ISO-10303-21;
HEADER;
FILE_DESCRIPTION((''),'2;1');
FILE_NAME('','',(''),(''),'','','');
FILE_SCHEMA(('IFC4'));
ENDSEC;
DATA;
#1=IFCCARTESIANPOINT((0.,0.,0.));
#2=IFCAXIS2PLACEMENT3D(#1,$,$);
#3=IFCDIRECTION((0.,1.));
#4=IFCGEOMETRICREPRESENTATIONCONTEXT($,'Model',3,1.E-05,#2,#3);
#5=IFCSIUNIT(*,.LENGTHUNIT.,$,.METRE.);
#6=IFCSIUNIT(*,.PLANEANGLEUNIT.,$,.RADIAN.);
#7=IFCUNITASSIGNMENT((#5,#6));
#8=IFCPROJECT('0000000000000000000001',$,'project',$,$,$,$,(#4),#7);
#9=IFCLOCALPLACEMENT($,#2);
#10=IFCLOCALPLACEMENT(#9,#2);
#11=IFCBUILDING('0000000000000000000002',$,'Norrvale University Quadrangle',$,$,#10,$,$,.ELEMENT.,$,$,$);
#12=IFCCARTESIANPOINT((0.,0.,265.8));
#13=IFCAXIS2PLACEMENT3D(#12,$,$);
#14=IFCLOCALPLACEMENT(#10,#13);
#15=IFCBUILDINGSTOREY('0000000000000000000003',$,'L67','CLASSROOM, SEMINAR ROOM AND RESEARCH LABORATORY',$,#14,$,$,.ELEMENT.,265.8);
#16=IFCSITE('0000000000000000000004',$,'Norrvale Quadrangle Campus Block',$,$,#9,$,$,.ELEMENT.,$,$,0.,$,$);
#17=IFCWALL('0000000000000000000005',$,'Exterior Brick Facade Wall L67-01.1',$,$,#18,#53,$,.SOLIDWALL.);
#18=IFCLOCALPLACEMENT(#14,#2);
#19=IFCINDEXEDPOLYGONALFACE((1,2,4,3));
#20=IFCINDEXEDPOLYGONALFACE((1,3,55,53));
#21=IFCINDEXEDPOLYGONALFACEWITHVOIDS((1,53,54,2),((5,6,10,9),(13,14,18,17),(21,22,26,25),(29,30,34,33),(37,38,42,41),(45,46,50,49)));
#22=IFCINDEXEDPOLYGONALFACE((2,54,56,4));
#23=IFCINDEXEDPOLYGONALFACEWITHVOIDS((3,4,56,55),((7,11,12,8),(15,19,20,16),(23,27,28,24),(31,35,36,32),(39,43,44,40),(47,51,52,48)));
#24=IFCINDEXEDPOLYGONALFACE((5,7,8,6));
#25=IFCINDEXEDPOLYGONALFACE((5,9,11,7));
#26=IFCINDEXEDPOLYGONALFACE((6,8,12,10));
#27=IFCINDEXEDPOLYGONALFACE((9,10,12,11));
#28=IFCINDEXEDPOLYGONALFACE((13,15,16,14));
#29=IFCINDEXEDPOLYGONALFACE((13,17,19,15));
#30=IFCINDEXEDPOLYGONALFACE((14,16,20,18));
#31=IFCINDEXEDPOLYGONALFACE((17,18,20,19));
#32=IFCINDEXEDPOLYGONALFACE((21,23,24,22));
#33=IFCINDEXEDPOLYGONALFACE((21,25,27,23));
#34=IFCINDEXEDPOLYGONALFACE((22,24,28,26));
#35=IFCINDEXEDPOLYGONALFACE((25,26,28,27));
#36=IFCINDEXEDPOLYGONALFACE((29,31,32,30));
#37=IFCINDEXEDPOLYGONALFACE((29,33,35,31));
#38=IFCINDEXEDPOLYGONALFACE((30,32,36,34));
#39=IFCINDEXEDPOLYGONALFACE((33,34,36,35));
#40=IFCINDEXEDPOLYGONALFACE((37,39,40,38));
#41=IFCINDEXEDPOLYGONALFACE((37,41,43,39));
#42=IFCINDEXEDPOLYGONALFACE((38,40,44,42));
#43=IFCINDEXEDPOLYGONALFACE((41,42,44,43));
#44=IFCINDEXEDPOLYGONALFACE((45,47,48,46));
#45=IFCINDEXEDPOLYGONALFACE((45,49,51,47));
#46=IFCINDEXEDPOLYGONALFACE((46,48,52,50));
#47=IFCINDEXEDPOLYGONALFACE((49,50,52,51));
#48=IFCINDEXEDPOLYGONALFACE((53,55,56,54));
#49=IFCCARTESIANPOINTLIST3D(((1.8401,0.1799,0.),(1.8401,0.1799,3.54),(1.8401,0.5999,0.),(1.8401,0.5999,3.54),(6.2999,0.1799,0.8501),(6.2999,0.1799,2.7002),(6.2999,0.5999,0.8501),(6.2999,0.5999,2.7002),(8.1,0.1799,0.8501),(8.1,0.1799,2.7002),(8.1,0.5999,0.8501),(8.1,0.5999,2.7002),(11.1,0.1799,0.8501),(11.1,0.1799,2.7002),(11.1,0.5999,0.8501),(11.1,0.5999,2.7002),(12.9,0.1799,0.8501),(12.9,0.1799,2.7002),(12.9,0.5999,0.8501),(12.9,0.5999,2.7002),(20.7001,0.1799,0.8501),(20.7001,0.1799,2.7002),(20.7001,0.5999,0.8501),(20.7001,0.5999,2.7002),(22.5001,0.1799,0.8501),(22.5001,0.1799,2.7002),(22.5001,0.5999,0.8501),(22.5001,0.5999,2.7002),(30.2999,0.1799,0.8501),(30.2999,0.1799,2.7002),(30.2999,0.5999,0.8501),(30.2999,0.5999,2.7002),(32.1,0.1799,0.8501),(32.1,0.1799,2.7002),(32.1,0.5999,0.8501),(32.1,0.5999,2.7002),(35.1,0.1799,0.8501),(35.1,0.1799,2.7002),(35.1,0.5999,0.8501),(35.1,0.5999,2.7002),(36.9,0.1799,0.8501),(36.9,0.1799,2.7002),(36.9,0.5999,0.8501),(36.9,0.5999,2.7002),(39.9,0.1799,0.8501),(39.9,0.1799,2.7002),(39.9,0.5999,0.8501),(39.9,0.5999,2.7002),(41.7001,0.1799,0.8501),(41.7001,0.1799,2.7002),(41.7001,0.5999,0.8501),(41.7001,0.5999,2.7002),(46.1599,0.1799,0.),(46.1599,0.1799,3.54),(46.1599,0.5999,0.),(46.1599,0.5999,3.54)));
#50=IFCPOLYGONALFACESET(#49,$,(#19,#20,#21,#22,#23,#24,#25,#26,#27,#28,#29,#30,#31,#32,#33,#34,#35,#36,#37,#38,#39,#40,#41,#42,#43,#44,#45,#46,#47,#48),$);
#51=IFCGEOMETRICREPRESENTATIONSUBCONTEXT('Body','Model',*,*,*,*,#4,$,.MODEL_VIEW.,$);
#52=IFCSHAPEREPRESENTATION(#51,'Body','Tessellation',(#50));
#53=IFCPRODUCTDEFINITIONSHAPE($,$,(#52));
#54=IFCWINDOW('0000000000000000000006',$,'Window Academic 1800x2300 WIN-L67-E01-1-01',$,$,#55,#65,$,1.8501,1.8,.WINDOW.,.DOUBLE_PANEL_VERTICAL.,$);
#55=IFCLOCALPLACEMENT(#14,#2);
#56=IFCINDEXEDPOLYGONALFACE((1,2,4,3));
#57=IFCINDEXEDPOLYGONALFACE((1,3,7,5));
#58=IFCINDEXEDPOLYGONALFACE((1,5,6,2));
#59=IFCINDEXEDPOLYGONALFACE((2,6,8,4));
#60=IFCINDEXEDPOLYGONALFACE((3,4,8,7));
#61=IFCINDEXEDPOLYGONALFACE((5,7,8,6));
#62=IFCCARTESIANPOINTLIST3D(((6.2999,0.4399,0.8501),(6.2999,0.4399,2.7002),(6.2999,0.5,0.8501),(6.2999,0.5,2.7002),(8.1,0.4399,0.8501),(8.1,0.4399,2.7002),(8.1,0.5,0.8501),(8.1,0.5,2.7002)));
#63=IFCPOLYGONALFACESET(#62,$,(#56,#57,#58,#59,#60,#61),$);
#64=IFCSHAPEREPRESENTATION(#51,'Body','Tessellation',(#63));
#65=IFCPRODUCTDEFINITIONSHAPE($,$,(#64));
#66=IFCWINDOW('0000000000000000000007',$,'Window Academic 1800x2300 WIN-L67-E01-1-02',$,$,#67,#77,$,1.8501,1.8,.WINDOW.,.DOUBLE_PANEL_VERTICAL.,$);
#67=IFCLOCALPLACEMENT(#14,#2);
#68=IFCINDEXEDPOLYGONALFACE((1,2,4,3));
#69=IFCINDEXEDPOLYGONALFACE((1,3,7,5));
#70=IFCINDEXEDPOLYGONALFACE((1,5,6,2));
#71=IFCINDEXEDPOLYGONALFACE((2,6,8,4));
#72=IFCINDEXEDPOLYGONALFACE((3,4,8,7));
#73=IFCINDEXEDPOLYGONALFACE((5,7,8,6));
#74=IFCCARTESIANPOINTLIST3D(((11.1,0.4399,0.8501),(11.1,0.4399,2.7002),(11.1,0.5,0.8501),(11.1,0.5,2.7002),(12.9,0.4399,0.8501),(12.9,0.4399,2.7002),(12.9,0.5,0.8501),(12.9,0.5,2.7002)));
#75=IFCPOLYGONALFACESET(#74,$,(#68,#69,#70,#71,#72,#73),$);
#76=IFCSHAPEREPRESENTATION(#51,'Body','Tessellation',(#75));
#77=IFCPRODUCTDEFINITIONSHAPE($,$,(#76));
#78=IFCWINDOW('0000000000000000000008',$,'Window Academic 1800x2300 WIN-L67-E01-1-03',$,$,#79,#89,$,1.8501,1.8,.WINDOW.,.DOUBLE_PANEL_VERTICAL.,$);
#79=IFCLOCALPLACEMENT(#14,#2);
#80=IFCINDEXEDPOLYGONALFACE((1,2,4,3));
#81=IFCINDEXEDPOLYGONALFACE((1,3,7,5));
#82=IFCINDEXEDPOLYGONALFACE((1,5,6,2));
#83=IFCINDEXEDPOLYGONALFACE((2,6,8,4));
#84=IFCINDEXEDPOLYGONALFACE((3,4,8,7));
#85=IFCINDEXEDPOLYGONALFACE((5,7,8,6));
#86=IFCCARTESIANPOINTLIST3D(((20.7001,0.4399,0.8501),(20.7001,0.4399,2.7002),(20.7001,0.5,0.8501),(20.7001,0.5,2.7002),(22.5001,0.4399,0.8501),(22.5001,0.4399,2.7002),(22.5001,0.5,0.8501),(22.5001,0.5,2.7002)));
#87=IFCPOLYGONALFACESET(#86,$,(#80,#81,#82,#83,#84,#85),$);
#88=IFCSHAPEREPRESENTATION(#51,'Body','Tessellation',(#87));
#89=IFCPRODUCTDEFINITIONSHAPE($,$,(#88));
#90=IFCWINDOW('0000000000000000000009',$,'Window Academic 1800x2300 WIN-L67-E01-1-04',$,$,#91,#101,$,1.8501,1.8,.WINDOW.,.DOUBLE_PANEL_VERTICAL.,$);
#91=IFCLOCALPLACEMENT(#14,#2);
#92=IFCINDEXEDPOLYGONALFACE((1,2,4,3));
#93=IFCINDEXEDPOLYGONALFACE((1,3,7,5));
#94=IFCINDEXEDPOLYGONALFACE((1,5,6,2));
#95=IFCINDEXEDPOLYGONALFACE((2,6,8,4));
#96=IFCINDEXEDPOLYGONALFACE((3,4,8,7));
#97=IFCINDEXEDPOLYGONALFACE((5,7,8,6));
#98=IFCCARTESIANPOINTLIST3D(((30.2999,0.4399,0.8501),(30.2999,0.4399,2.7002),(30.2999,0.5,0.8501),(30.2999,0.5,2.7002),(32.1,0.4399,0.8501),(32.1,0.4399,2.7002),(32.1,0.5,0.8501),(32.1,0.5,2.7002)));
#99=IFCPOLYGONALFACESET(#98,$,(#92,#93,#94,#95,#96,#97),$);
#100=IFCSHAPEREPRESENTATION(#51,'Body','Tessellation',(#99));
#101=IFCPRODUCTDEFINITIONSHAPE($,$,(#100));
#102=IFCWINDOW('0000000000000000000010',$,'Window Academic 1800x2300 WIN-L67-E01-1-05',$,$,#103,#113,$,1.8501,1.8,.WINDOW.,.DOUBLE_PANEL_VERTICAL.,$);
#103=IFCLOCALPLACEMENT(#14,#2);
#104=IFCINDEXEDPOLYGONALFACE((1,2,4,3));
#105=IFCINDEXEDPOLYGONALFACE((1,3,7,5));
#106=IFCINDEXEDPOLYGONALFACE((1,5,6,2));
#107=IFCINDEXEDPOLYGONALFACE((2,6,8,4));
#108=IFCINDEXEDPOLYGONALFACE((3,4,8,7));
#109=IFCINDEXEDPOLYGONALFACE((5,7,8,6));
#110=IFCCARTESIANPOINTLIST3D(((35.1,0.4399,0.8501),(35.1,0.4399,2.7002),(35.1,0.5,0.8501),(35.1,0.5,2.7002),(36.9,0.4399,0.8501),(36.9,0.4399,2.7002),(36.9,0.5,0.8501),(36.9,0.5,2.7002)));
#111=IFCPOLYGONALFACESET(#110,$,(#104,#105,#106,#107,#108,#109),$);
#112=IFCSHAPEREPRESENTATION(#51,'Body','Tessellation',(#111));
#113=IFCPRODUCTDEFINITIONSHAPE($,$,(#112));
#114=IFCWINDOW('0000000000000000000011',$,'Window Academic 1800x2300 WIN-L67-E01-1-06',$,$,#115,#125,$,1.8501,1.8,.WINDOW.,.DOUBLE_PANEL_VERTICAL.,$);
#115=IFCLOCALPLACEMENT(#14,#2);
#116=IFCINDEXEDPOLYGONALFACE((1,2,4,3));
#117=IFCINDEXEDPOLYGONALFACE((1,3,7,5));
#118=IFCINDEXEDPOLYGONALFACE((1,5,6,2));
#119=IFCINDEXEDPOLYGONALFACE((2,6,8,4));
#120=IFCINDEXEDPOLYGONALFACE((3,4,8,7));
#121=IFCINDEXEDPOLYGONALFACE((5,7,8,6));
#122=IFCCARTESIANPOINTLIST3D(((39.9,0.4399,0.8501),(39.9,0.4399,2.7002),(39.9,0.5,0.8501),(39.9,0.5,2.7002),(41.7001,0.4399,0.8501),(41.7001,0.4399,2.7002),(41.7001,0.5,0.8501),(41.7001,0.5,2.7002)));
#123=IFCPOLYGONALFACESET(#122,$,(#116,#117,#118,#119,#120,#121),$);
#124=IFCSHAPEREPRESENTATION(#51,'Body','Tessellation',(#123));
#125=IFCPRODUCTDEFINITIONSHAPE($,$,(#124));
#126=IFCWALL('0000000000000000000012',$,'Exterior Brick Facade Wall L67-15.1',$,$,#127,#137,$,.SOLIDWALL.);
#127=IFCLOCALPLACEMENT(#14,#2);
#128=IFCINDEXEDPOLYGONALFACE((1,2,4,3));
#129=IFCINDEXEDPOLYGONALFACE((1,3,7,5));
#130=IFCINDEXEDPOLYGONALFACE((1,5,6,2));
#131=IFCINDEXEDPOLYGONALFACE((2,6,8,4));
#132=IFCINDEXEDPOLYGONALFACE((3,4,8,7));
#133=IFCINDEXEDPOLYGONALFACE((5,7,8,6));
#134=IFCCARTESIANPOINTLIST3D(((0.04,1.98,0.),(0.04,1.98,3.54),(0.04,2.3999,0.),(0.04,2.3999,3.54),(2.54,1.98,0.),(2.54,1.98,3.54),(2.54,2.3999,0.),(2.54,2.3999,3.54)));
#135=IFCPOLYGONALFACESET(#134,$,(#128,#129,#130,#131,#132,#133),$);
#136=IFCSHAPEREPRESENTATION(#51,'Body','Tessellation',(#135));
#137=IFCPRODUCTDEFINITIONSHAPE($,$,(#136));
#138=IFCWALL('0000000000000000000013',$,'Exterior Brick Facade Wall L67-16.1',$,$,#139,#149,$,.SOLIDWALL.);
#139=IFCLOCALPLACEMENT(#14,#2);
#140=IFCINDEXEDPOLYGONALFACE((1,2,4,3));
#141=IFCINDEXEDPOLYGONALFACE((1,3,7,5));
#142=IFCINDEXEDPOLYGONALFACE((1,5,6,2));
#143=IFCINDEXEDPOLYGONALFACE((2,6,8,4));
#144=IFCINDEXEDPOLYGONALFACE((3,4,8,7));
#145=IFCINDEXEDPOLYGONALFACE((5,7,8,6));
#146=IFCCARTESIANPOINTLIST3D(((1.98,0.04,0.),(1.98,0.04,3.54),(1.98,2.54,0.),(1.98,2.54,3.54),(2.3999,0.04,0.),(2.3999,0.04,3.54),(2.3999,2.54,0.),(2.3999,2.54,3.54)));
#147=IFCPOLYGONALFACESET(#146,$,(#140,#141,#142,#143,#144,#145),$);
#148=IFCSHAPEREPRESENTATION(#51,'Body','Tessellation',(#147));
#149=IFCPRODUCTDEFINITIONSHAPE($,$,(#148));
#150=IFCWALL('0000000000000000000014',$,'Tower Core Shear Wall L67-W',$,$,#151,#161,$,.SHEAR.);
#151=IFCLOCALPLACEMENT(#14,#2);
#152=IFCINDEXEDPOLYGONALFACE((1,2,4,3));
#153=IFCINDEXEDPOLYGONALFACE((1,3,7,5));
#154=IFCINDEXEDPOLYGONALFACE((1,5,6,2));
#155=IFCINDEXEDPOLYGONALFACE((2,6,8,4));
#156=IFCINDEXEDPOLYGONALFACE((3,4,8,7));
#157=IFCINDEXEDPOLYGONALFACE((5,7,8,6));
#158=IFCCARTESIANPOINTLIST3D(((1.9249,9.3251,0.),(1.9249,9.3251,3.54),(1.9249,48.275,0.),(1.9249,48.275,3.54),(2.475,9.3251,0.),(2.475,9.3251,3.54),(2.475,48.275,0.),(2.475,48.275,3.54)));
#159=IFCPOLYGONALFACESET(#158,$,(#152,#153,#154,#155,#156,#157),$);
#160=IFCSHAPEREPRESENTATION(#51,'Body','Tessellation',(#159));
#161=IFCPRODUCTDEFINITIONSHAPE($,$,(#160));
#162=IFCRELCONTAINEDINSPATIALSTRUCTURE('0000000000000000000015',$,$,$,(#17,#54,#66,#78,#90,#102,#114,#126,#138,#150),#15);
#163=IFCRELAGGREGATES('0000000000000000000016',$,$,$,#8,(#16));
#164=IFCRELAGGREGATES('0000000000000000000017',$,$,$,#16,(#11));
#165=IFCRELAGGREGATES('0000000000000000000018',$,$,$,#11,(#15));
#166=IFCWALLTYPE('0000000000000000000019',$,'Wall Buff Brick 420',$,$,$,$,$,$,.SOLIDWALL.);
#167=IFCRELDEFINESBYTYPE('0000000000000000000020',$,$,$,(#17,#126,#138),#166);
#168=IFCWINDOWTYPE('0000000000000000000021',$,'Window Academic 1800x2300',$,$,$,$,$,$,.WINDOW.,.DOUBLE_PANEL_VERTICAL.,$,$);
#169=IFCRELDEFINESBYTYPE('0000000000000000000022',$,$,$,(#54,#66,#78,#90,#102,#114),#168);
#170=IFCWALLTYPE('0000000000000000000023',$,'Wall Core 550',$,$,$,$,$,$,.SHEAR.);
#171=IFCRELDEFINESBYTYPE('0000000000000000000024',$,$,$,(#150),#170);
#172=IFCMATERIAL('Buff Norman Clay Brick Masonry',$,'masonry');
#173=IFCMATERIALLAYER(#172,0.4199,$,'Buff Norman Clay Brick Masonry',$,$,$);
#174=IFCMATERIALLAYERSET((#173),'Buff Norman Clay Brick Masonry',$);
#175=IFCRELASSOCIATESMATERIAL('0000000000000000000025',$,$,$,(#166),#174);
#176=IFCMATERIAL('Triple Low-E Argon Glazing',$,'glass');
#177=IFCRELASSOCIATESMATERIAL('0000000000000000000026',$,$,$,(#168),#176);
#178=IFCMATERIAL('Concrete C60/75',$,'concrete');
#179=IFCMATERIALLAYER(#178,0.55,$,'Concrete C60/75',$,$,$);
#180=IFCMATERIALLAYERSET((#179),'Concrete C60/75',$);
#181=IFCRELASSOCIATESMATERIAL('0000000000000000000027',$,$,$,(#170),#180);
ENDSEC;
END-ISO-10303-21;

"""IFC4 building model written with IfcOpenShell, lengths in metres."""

from ifc_helpers import new_model, si_unit, direction, frame, frame_2d, origin, place, context, subcontext, project, spatial, rectangle, extrude, material, layer, layer_set, type_object, element, fill, save


model = new_model("IFC4")

# Units and contexts
model_context = context("Model", 3, precision=1e-05, world=origin(), true_north=direction((0.0, 1.0)))
body_context = subcontext(model_context, "Body", "Model", "MODEL_VIEW")
ifc_project = project(units=[si_unit("LENGTHUNIT", "METRE"), si_unit("PLANEANGLEUNIT", "RADIAN")], contexts=[model_context])

# Site, building, storey
site_placement = place(None, origin())
site = spatial("IfcSite", under=ifc_project, at=site_placement, Name="Norrvale Quadrangle Campus Block", CompositionType="ELEMENT", RefElevation=0.0)
building_placement = place(site_placement, origin())
building = spatial("IfcBuilding", under=site, at=building_placement, Name="Norrvale University Quadrangle", CompositionType="ELEMENT")
storey_placement = place(building_placement, frame((0.0, 0.0, 265.8)))
storey = spatial("IfcBuildingStorey", under=building, at=storey_placement, Name="L67", Description="CLASSROOM, SEMINAR ROOM AND RESEARCH LABORATORY", CompositionType="ELEMENT", Elevation=265.8)

# Shared definitions
ifc_material_1 = material(Name="Concrete C60/75", Category="concrete")

# Wall, openings, windows
ifc_material_2 = material(Name="Buff Norman Clay Brick Masonry", Category="masonry")
ifc_layer_1 = layer(ifc_material_2, 0.4199, Name="Buff Norman Clay Brick Masonry")
ifc_layer_set_1 = layer_set([ifc_layer_1], Name="Buff Norman Clay Brick Masonry")
wall_type_1 = type_object("IfcWallType", Name="Wall Buff Brick 420", PredefinedType="SOLIDWALL", material=ifc_layer_set_1)
wall_1_placement = place(storey_placement, frame((1.8401, 0.3899, 0.0), z_axis=(0.0, 0.0, 1.0), x_axis=(1.0, 0.0, 0.0)))
wall_1 = element("IfcWall", 1, at=wall_1_placement, inside=storey, type_object=wall_type_1, Name="Exterior Brick Facade Wall L67-01.1", PredefinedType="SOLIDWALL", context=body_context, shape_type="SweptSolid", body=[
    extrude(rectangle(XDim=44.3198, YDim=0.4199, at=frame_2d((22.1599, 0.0))), origin(), (0.0, 0.0, 1.0), 3.54),
])
opening_1_placement = place(wall_1_placement, frame((4.46, 0.0, 0.8501)))
opening_1 = element("IfcOpeningElement", 2, at=opening_1_placement, cuts=wall_1, PredefinedType="OPENING", context=body_context, shape_type="SweptSolid", body=[
    extrude(rectangle(XDim=1.8, YDim=1.8501, at=frame_2d((0.8999, 0.925))), frame((0.0, 0.2219, 0.0), z_axis=(0.0, -1.0, 0.0), x_axis=(1.0, 0.0, 0.0)), (0.0, 0.0, 1.0), 0.4438),
])
opening_2_placement = place(wall_1_placement, frame((9.26, 0.0, 0.8501)))
opening_2 = element("IfcOpeningElement", 3, at=opening_2_placement, cuts=wall_1, PredefinedType="OPENING", context=body_context, shape_type="SweptSolid", body=[
    extrude(rectangle(XDim=1.8, YDim=1.8501, at=frame_2d((0.8999, 0.925))), frame((0.0, 0.2219, 0.0), z_axis=(0.0, -1.0, 0.0), x_axis=(1.0, 0.0, 0.0)), (0.0, 0.0, 1.0), 0.4438),
])
opening_3_placement = place(wall_1_placement, frame((18.8601, 0.0, 0.8501)))
opening_3 = element("IfcOpeningElement", 4, at=opening_3_placement, cuts=wall_1, PredefinedType="OPENING", context=body_context, shape_type="SweptSolid", body=[
    extrude(rectangle(XDim=1.8, YDim=1.8501, at=frame_2d((0.8999, 0.925))), frame((0.0, 0.2219, 0.0), z_axis=(0.0, -1.0, 0.0), x_axis=(1.0, 0.0, 0.0)), (0.0, 0.0, 1.0), 0.4438),
])
opening_4_placement = place(wall_1_placement, frame((28.46, 0.0, 0.8501)))
opening_4 = element("IfcOpeningElement", 5, at=opening_4_placement, cuts=wall_1, PredefinedType="OPENING", context=body_context, shape_type="SweptSolid", body=[
    extrude(rectangle(XDim=1.8, YDim=1.8501, at=frame_2d((0.8999, 0.925))), frame((0.0, 0.2219, 0.0), z_axis=(0.0, -1.0, 0.0), x_axis=(1.0, 0.0, 0.0)), (0.0, 0.0, 1.0), 0.4438),
])
opening_5_placement = place(wall_1_placement, frame((33.26, 0.0, 0.8501)))
opening_5 = element("IfcOpeningElement", 6, at=opening_5_placement, cuts=wall_1, PredefinedType="OPENING", context=body_context, shape_type="SweptSolid", body=[
    extrude(rectangle(XDim=1.8, YDim=1.8501, at=frame_2d((0.8999, 0.925))), frame((0.0, 0.2219, 0.0), z_axis=(0.0, -1.0, 0.0), x_axis=(1.0, 0.0, 0.0)), (0.0, 0.0, 1.0), 0.4438),
])
opening_6_placement = place(wall_1_placement, frame((38.0601, 0.0, 0.8501)))
opening_6 = element("IfcOpeningElement", 7, at=opening_6_placement, cuts=wall_1, PredefinedType="OPENING", context=body_context, shape_type="SweptSolid", body=[
    extrude(rectangle(XDim=1.8, YDim=1.8501, at=frame_2d((0.8999, 0.925))), frame((0.0, 0.2219, 0.0), z_axis=(0.0, -1.0, 0.0), x_axis=(1.0, 0.0, 0.0)), (0.0, 0.0, 1.0), 0.4438),
])
ifc_material_3 = material(Name="Triple Low-E Argon Glazing", Category="glass")
window_type = type_object("IfcWindowType", Name="Window Academic 1800x2300", PartitioningType="DOUBLE_PANEL_VERTICAL", PredefinedType="WINDOW", material=ifc_material_3)
window_1_placement = place(opening_1_placement, origin())
window_1 = element("IfcWindow", 8, at=window_1_placement, inside=storey, type_object=window_type, Name="Window Academic 1800x2300 WIN-L67-E01-1-01", OverallHeight=1.8501, OverallWidth=1.8, PartitioningType="DOUBLE_PANEL_VERTICAL", PredefinedType="WINDOW", context=body_context, shape_type="SweptSolid", body=[
    extrude(rectangle(XDim=1.8, YDim=1.8501, at=frame_2d((0.8999, 0.925))), frame((0.0, 0.1101, 0.0), z_axis=(0.0, -1.0, 0.0), x_axis=(1.0, 0.0, 0.0)), (0.0, 0.0, 1.0), 0.0601),
])
fill(opening_1, window_1)
window_2_placement = place(opening_2_placement, origin())
window_2 = element("IfcWindow", 9, at=window_2_placement, inside=storey, type_object=window_type, Name="Window Academic 1800x2300 WIN-L67-E01-1-02", OverallHeight=1.8501, OverallWidth=1.8, PartitioningType="DOUBLE_PANEL_VERTICAL", PredefinedType="WINDOW", context=body_context, shape_type="SweptSolid", body=[
    extrude(rectangle(XDim=1.8, YDim=1.8501, at=frame_2d((0.8999, 0.925))), frame((0.0, 0.1101, 0.0), z_axis=(0.0, -1.0, 0.0), x_axis=(1.0, 0.0, 0.0)), (0.0, 0.0, 1.0), 0.0601),
])
fill(opening_2, window_2)
window_3_placement = place(opening_3_placement, origin())
window_3 = element("IfcWindow", 10, at=window_3_placement, inside=storey, type_object=window_type, Name="Window Academic 1800x2300 WIN-L67-E01-1-03", OverallHeight=1.8501, OverallWidth=1.8, PartitioningType="DOUBLE_PANEL_VERTICAL", PredefinedType="WINDOW", context=body_context, shape_type="SweptSolid", body=[
    extrude(rectangle(XDim=1.8, YDim=1.8501, at=frame_2d((0.8999, 0.925))), frame((0.0, 0.1101, 0.0), z_axis=(0.0, -1.0, 0.0), x_axis=(1.0, 0.0, 0.0)), (0.0, 0.0, 1.0), 0.0601),
])
fill(opening_3, window_3)
window_4_placement = place(opening_4_placement, origin())
window_4 = element("IfcWindow", 11, at=window_4_placement, inside=storey, type_object=window_type, Name="Window Academic 1800x2300 WIN-L67-E01-1-04", OverallHeight=1.8501, OverallWidth=1.8, PartitioningType="DOUBLE_PANEL_VERTICAL", PredefinedType="WINDOW", context=body_context, shape_type="SweptSolid", body=[
    extrude(rectangle(XDim=1.8, YDim=1.8501, at=frame_2d((0.8999, 0.925))), frame((0.0, 0.1101, 0.0), z_axis=(0.0, -1.0, 0.0), x_axis=(1.0, 0.0, 0.0)), (0.0, 0.0, 1.0), 0.0601),
])
fill(opening_4, window_4)
window_5_placement = place(opening_5_placement, origin())
window_5 = element("IfcWindow", 12, at=window_5_placement, inside=storey, type_object=window_type, Name="Window Academic 1800x2300 WIN-L67-E01-1-05", OverallHeight=1.8501, OverallWidth=1.8, PartitioningType="DOUBLE_PANEL_VERTICAL", PredefinedType="WINDOW", context=body_context, shape_type="SweptSolid", body=[
    extrude(rectangle(XDim=1.8, YDim=1.8501, at=frame_2d((0.8999, 0.925))), frame((0.0, 0.1101, 0.0), z_axis=(0.0, -1.0, 0.0), x_axis=(1.0, 0.0, 0.0)), (0.0, 0.0, 1.0), 0.0601),
])
fill(opening_5, window_5)
window_6_placement = place(opening_6_placement, origin())
window_6 = element("IfcWindow", 13, at=window_6_placement, inside=storey, type_object=window_type, Name="Window Academic 1800x2300 WIN-L67-E01-1-06", OverallHeight=1.8501, OverallWidth=1.8, PartitioningType="DOUBLE_PANEL_VERTICAL", PredefinedType="WINDOW", context=body_context, shape_type="SweptSolid", body=[
    extrude(rectangle(XDim=1.8, YDim=1.8501, at=frame_2d((0.8999, 0.925))), frame((0.0, 0.1101, 0.0), z_axis=(0.0, -1.0, 0.0), x_axis=(1.0, 0.0, 0.0)), (0.0, 0.0, 1.0), 0.0601),
])
fill(opening_6, window_6)

# Walls
for number, where, z_axis, x_axis, name in (
    (14, (0.04, 2.1899, 0.0), (0.0, 0.0, 1.0), (1.0, 0.0, 0.0), "Exterior Brick Facade Wall L67-15.1"),
    (15, (2.1899, 2.54, 0.0), (0.0, 0.0, 1.0), (0.0, -1.0, 0.0), "Exterior Brick Facade Wall L67-16.1"),
):
    element("IfcWall", number, at=place(storey_placement, frame(where, z_axis=z_axis, x_axis=x_axis)), inside=storey, type_object=wall_type_1, Name=name, PredefinedType="SOLIDWALL", context=body_context, shape_type="SweptSolid", body=[
        extrude(rectangle(XDim=2.5, YDim=0.4199, at=frame_2d((1.25, 0.0))), origin(), (0.0, 0.0, 1.0), 3.54),
    ])
ifc_layer_2 = layer(ifc_material_1, 0.55, Name="Concrete C60/75")
ifc_layer_set_2 = layer_set([ifc_layer_2], Name="Concrete C60/75")
wall_type_2 = type_object("IfcWallType", Name="Wall Core 550", PredefinedType="SHEAR", material=ifc_layer_set_2)
wall_2_placement = place(storey_placement, frame((2.2, 9.325, 0.0), z_axis=(0.0, 0.0, 1.0), x_axis=(0.0, 1.0, 0.0)))
element("IfcWall", 16, at=wall_2_placement, inside=storey, type_object=wall_type_2, Name="Tower Core Shear Wall L67-W", PredefinedType="SHEAR", context=body_context, shape_type="SweptSolid", body=[
    extrude(rectangle(XDim=38.95, YDim=0.55, at=frame_2d((19.4751, 0.0))), origin(), (0.0, 0.0, 1.0), 3.54),
])

save(model, "model.ifc")
